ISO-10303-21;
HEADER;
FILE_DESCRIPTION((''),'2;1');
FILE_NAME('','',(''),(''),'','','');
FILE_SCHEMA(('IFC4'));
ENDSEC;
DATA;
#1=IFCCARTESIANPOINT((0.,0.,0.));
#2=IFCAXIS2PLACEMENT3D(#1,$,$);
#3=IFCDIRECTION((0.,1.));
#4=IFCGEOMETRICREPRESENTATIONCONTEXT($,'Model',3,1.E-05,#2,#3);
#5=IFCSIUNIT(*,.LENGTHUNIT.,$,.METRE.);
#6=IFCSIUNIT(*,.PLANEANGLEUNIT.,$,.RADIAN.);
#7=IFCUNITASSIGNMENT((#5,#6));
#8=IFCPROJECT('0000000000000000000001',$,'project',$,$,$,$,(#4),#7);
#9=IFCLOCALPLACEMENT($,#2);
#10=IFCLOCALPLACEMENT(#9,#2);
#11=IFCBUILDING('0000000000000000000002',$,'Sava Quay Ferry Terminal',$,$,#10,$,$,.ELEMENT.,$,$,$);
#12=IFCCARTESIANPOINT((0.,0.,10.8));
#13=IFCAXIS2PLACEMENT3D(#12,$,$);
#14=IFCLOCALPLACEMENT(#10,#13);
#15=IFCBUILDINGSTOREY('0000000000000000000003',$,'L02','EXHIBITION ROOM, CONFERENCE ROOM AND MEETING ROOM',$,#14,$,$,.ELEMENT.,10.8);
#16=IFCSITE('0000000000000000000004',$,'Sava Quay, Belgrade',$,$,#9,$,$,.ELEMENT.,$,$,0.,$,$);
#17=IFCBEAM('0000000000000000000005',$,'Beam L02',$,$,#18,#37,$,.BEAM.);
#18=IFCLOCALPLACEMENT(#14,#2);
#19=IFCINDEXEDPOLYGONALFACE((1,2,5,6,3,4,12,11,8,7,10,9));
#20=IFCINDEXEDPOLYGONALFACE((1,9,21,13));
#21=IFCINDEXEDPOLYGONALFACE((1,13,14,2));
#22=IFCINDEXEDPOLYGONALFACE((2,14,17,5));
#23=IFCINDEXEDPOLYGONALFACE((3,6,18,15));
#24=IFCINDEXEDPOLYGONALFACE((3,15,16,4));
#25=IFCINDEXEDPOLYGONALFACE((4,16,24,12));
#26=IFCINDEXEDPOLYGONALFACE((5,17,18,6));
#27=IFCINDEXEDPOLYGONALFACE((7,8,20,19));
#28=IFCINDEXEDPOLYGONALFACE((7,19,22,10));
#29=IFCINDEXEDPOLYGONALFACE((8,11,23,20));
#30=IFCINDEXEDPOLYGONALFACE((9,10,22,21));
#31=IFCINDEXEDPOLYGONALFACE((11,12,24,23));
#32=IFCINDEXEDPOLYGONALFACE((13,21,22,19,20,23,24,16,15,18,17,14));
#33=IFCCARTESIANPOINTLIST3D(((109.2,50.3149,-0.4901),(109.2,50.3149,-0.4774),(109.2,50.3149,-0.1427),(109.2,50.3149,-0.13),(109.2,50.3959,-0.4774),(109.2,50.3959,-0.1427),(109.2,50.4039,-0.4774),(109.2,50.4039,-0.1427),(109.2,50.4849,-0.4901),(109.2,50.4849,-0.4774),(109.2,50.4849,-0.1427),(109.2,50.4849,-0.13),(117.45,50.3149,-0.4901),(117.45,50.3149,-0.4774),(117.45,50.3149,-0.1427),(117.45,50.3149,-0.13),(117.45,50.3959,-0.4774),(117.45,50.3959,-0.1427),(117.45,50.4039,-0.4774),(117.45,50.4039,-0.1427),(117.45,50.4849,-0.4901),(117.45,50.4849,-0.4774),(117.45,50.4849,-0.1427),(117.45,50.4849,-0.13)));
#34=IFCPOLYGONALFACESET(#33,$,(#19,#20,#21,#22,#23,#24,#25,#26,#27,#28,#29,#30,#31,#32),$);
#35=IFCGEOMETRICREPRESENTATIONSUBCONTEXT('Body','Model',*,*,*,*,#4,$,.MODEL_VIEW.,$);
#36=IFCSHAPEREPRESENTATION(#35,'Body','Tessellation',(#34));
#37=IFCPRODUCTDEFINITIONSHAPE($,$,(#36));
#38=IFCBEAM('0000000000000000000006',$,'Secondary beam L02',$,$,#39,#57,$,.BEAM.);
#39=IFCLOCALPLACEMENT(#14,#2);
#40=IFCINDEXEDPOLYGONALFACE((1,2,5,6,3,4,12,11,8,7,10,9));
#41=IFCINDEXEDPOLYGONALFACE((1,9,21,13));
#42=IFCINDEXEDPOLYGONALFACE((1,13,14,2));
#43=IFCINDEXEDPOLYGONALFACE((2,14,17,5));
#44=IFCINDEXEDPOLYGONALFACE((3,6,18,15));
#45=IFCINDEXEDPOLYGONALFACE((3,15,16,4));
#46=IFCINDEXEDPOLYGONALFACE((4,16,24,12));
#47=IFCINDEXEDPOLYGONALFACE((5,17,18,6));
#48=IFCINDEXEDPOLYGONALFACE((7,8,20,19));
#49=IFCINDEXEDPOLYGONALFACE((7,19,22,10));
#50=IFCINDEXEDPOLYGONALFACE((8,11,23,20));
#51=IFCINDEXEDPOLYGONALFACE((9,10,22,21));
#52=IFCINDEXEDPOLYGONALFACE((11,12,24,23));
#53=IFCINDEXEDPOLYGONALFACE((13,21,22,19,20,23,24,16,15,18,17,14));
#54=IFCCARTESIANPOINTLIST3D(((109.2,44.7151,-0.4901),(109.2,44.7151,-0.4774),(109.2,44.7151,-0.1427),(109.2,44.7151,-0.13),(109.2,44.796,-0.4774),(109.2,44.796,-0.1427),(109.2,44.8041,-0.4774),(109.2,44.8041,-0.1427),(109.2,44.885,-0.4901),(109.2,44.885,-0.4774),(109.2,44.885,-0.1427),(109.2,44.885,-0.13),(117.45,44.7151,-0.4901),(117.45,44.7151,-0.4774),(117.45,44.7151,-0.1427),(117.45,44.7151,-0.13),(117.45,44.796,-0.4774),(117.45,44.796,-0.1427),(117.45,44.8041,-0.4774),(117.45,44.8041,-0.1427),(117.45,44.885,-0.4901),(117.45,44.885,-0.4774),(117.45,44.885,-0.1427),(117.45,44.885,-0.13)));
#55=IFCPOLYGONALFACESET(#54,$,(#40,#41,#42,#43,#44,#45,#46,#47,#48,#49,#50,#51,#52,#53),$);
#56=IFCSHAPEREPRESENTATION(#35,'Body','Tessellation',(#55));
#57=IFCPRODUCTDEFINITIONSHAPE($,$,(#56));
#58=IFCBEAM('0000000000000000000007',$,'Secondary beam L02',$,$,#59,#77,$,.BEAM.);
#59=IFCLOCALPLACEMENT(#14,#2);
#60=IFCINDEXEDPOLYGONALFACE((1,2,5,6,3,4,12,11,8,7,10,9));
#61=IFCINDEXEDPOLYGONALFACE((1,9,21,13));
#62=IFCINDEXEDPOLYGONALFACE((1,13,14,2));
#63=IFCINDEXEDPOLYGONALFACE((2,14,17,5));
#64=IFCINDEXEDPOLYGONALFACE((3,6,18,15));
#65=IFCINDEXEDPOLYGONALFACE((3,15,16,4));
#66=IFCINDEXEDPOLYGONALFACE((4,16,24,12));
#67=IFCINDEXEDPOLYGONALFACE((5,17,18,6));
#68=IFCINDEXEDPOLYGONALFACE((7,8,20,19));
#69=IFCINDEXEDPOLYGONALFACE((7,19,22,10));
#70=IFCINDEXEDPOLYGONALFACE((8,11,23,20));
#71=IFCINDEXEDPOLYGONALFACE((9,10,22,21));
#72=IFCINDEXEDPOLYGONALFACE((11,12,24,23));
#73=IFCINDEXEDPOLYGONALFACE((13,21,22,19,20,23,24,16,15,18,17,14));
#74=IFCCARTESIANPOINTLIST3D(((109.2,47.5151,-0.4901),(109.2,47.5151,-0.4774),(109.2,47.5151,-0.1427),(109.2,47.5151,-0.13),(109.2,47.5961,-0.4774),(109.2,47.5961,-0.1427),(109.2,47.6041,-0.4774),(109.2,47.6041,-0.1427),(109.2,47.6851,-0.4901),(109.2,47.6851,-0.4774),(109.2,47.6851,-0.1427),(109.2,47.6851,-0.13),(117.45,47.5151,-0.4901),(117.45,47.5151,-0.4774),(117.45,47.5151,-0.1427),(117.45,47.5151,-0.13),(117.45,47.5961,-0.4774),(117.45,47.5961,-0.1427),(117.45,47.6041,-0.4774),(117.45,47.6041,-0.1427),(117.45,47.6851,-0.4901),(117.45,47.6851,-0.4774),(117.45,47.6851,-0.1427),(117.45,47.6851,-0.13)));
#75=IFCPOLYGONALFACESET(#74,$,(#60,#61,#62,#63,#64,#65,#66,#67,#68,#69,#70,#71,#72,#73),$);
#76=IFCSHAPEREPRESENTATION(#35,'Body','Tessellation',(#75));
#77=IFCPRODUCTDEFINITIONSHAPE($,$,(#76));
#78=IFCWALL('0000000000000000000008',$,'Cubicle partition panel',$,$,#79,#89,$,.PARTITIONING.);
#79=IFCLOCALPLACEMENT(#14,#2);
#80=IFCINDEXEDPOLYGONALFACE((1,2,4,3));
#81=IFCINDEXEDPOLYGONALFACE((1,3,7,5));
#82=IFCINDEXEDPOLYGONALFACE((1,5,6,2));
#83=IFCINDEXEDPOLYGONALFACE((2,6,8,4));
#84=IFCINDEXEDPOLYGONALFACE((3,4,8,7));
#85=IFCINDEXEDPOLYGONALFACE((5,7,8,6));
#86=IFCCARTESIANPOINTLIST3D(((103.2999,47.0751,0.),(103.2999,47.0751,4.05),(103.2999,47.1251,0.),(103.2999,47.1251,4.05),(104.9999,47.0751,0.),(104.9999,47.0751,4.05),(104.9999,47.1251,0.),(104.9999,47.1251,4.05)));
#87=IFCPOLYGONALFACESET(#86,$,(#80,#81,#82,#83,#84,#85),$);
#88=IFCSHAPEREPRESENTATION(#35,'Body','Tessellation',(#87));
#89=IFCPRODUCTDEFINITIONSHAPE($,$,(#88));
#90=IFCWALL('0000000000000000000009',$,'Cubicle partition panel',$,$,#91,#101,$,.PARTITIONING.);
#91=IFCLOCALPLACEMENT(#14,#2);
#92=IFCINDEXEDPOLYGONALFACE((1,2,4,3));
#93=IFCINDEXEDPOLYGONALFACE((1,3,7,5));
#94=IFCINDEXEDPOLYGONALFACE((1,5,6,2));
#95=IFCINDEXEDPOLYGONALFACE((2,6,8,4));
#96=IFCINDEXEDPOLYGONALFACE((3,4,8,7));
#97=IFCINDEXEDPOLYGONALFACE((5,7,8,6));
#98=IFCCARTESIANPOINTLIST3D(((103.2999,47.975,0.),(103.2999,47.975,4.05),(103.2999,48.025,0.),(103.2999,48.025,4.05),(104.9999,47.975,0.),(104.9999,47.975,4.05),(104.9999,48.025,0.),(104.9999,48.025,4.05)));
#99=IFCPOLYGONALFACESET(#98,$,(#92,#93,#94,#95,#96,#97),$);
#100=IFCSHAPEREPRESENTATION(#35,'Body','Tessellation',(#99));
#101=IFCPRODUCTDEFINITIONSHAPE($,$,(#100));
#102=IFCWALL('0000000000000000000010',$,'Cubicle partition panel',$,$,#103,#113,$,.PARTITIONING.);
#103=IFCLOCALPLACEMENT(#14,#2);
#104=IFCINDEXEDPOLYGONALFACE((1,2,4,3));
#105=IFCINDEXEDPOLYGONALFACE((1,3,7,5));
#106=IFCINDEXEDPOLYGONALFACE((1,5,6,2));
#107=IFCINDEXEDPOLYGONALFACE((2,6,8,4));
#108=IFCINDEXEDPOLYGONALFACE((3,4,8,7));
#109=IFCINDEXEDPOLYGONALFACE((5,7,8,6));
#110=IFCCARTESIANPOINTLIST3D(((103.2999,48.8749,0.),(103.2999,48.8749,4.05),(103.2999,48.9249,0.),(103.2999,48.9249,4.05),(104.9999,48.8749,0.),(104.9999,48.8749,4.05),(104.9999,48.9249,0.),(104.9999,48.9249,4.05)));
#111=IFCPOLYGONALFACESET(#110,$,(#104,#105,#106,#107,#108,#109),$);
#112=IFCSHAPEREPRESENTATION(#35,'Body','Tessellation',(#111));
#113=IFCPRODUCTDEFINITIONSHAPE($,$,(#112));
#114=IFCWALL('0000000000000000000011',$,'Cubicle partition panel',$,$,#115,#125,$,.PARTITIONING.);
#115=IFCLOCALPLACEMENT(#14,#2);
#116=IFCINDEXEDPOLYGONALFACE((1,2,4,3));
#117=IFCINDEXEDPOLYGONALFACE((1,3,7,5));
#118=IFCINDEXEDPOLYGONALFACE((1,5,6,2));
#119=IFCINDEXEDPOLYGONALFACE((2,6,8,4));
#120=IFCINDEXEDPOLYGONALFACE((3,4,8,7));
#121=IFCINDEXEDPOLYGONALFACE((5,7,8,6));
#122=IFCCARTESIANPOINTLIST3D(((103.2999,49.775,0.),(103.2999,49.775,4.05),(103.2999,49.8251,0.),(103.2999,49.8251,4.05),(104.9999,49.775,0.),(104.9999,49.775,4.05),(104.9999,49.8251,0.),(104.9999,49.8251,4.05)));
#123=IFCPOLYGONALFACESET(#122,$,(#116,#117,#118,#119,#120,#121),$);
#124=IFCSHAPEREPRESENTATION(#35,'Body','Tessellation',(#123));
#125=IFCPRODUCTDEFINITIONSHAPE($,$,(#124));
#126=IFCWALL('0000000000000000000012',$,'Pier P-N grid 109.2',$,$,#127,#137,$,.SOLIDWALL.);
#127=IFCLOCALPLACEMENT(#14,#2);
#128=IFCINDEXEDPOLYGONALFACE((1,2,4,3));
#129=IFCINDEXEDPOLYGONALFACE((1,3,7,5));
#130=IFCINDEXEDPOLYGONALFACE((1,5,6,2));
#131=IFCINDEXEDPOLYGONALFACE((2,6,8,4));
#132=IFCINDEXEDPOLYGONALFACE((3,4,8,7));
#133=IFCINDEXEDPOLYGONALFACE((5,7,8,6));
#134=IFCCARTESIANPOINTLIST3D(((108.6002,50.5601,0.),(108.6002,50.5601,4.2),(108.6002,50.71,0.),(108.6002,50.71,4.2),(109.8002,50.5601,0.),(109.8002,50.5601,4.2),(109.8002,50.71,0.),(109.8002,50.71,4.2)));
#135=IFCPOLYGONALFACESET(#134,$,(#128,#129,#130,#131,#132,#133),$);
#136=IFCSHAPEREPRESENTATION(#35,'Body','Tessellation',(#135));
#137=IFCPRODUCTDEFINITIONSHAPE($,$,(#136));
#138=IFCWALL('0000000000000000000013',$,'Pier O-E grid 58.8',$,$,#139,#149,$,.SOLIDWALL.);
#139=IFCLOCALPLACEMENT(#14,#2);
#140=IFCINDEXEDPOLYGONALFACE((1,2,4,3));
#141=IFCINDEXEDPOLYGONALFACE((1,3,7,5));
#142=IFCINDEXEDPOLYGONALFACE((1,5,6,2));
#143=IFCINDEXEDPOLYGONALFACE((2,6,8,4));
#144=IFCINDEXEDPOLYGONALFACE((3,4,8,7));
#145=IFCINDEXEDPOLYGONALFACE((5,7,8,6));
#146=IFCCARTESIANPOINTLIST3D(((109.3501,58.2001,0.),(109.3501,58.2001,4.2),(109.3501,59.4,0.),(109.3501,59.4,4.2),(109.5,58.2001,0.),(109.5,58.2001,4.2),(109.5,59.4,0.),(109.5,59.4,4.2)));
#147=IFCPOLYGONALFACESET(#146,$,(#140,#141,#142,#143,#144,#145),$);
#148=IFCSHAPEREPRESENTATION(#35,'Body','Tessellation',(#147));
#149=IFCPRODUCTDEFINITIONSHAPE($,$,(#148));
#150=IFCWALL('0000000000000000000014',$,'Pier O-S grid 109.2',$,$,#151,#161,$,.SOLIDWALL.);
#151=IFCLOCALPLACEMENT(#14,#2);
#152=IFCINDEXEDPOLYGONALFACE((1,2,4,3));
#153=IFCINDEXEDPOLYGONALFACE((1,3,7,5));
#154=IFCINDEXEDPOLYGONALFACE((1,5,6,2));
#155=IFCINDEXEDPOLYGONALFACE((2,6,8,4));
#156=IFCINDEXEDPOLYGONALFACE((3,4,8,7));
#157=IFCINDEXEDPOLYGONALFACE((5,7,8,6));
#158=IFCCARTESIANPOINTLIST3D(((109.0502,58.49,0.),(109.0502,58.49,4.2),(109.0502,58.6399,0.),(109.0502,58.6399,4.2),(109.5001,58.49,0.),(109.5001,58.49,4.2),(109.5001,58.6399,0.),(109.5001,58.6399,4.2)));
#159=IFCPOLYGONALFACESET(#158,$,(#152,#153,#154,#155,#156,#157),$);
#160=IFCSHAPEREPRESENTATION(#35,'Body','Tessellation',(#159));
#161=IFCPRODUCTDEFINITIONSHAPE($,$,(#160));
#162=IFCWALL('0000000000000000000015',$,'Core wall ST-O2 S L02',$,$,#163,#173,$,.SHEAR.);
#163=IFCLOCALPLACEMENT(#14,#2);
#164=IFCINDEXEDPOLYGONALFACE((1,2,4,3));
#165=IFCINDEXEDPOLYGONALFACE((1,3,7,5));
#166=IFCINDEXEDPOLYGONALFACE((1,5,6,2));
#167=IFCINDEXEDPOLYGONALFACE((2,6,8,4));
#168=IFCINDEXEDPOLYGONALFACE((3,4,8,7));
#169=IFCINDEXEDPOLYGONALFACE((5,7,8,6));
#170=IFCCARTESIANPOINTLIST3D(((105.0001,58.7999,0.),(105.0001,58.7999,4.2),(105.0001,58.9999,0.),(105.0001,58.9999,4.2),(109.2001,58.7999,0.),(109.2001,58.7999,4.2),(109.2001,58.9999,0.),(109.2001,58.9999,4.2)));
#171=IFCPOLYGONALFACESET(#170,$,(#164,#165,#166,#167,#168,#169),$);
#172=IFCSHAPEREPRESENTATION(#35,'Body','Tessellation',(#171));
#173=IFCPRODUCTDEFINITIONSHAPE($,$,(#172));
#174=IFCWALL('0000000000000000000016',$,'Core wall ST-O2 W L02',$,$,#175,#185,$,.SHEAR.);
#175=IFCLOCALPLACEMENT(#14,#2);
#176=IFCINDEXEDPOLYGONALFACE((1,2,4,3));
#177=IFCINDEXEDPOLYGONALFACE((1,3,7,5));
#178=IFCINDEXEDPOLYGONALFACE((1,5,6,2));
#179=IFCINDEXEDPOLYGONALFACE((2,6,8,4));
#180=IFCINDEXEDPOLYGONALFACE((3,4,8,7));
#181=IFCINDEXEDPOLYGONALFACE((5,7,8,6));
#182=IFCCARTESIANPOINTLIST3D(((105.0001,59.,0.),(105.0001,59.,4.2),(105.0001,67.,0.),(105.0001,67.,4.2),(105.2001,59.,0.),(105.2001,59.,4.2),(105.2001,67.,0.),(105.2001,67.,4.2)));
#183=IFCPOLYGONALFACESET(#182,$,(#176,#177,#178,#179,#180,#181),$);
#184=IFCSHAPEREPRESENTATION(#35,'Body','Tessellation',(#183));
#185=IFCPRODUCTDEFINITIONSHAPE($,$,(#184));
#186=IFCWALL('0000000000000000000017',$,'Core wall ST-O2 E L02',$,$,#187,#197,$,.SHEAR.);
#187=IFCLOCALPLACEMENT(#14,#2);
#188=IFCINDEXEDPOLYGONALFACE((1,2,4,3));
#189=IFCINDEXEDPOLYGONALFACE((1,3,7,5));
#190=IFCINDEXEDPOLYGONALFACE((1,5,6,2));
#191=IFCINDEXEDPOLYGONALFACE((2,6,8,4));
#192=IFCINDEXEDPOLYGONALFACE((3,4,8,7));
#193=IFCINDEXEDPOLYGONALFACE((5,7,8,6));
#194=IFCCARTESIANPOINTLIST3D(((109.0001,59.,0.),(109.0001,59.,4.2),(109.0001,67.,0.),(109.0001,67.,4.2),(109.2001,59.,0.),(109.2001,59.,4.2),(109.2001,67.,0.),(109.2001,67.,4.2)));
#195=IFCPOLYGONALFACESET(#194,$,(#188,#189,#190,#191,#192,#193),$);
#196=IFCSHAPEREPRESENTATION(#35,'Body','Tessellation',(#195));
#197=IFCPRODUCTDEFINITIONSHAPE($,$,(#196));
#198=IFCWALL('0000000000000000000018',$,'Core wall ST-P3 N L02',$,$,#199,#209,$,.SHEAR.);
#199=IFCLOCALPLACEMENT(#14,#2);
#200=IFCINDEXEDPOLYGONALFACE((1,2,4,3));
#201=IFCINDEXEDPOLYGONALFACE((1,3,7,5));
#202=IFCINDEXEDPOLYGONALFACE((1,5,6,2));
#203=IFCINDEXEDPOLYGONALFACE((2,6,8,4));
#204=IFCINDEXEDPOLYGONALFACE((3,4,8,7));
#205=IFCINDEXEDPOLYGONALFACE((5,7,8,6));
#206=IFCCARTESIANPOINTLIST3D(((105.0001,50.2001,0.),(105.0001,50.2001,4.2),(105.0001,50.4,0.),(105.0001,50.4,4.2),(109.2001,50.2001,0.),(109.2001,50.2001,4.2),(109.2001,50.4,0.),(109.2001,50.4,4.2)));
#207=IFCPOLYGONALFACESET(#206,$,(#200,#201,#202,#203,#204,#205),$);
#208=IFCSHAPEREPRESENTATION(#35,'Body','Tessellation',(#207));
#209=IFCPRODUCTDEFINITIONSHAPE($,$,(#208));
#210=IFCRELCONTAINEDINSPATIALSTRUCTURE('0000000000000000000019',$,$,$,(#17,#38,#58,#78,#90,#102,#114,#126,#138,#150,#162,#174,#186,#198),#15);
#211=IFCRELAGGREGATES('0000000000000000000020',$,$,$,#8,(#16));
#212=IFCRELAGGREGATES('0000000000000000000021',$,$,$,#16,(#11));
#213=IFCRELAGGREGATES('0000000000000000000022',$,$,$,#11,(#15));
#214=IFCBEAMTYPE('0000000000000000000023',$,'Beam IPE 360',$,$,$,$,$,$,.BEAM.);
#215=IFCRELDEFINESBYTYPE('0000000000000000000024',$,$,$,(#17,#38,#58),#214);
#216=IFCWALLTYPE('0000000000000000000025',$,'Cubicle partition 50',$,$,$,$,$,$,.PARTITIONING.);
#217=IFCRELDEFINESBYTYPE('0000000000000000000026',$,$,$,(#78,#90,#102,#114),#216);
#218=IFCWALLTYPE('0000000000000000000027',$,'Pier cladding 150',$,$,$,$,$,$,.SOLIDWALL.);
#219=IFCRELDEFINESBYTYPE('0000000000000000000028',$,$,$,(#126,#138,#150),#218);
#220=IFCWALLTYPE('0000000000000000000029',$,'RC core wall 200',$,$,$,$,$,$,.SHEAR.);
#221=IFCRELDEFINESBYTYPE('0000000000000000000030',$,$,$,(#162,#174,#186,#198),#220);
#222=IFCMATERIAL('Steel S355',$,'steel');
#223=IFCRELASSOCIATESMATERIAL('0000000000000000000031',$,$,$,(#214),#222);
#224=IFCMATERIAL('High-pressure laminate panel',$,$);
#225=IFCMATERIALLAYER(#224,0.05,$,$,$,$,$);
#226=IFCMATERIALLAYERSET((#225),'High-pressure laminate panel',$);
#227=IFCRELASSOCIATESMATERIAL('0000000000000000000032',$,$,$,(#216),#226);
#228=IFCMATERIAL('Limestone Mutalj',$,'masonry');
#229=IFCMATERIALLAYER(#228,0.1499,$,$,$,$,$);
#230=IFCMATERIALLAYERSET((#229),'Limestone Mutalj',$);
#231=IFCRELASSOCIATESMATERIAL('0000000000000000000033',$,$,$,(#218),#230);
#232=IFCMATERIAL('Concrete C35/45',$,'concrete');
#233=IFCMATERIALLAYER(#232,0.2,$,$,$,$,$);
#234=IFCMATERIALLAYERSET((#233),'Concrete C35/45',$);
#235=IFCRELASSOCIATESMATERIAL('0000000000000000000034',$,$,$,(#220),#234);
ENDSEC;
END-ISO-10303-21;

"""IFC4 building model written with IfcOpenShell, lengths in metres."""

from ifc_helpers import new_model, si_unit, direction, frame, frame_2d, origin, origin_2d, place, context, subcontext, project, spatial, rectangle, i_section, extrude, material, layer, layer_set, material_profile, profile_set, type_object, element, save


model = new_model("IFC4")

# Units and contexts
model_context = context("Model", 3, precision=1e-05, world=origin(), true_north=direction((0.0, 1.0)))
body_context = subcontext(model_context, "Body", "Model", "MODEL_VIEW")
ifc_project = project(units=[si_unit("LENGTHUNIT", "METRE"), si_unit("PLANEANGLEUNIT", "RADIAN")], contexts=[model_context])

# Site, building, storey
site_placement = place(None, origin())
site = spatial("IfcSite", under=ifc_project, at=site_placement, Name="Sava Quay, Belgrade", CompositionType="ELEMENT", RefElevation=0.0)
building_placement = place(site_placement, origin())
building = spatial("IfcBuilding", under=site, at=building_placement, Name="Sava Quay Ferry Terminal", CompositionType="ELEMENT")
storey_placement = place(building_placement, frame((0.0, 0.0, 10.8)))
storey = spatial("IfcBuildingStorey", under=building, at=storey_placement, Name="L02", Description="EXHIBITION ROOM, CONFERENCE ROOM AND MEETING ROOM", CompositionType="ELEMENT", Elevation=10.8)

# Beams
ifc_material_1 = material(Name="Steel S355", Category="steel")
ifc_material_profile = material_profile(ifc_material_1, i_section(OverallWidth=0.1699, OverallDepth=0.3601, WebThickness=0.0081, FlangeThickness=0.0127, at=origin_2d()), Name="IPE 360")
ifc_profile_set = profile_set([ifc_material_profile], Name="Steel S355")
beam_type = type_object("IfcBeamType", Name="Beam IPE 360", PredefinedType="BEAM", material=ifc_profile_set)
for number, where, z_axis, x_axis, name in (
    (1, (109.2, 50.3999, -0.3101), (1.0, 0.0, 0.0), (0.0, 1.0, 0.0), "Beam L02"),
    (2, (109.2, 44.8, -0.3101), (1.0, 0.0, 0.0), (0.0, 1.0, 0.0), "Secondary beam L02"),
    (3, (109.2, 47.6001, -0.3101), (1.0, 0.0, 0.0), (0.0, 1.0, 0.0), "Secondary beam L02"),
):
    element("IfcBeam", number, at=place(storey_placement, frame(where, z_axis=z_axis, x_axis=x_axis)), inside=storey, type_object=beam_type, Name=name, PredefinedType="BEAM", context=body_context, shape_type="SweptSolid", body=[
        extrude(i_section(OverallWidth=0.1699, OverallDepth=0.3601, WebThickness=0.0081, FlangeThickness=0.0127, at=origin_2d()), origin(), (0.0, 0.0, 1.0), 8.25),
    ])

# Walls
ifc_material_2 = material(Name="High-pressure laminate panel")
ifc_layer_1 = layer(ifc_material_2, 0.05)
ifc_layer_set_1 = layer_set([ifc_layer_1], Name="High-pressure laminate panel")
wall_type_1 = type_object("IfcWallType", Name="Cubicle partition 50", PredefinedType="PARTITIONING", material=ifc_layer_set_1)
for number, where, z_axis, x_axis, name in (
    (4, (105.0, 47.1001, 0.0), (0.0, 0.0, 1.0), (-1.0, 0.0, 0.0), "Cubicle partition panel"),
    (5, (105.0, 48.0, 0.0), (0.0, 0.0, 1.0), (-1.0, 0.0, 0.0), "Cubicle partition panel"),
    (6, (105.0, 48.8999, 0.0), (0.0, 0.0, 1.0), (-1.0, 0.0, 0.0), "Cubicle partition panel"),
    (7, (105.0, 49.8, 0.0), (0.0, 0.0, 1.0), (-1.0, 0.0, 0.0), "Cubicle partition panel"),
):
    element("IfcWall", number, at=place(storey_placement, frame(where, z_axis=z_axis, x_axis=x_axis)), inside=storey, type_object=wall_type_1, Name=name, PredefinedType="PARTITIONING", context=body_context, shape_type="SweptSolid", body=[
        extrude(rectangle(XDim=1.7, YDim=0.05, at=frame_2d((0.8501, 0.0))), origin(), (0.0, 0.0, 1.0), 4.05),
    ])
ifc_material_3 = material(Name="Limestone Mutalj", Category="masonry")
ifc_layer_2 = layer(ifc_material_3, 0.1499)
ifc_layer_set_2 = layer_set([ifc_layer_2], Name="Limestone Mutalj")
wall_type_2 = type_object("IfcWallType", Name="Pier cladding 150", PredefinedType="SOLIDWALL", material=ifc_layer_set_2)
for number, where, z_axis, x_axis, name in (
    (8, (108.6001, 50.635, 0.0), (0.0, 0.0, 1.0), (1.0, 0.0, 0.0), "Pier P-N grid 109.2"),
    (9, (109.425, 58.2, 0.0), (0.0, 0.0, 1.0), (0.0, 1.0, 0.0), "Pier O-E grid 58.8"),
):
    element("IfcWall", number, at=place(storey_placement, frame(where, z_axis=z_axis, x_axis=x_axis)), inside=storey, type_object=wall_type_2, Name=name, PredefinedType="SOLIDWALL", context=body_context, shape_type="SweptSolid", body=[
        extrude(rectangle(XDim=1.2, YDim=0.1499, at=frame_2d((0.6001, 0.0))), origin(), (0.0, 0.0, 1.0), 4.2),
    ])
wall_1_placement = place(storey_placement, frame((109.05, 58.5649, 0.0), z_axis=(0.0, 0.0, 1.0), x_axis=(1.0, 0.0, 0.0)))
element("IfcWall", 10, at=wall_1_placement, inside=storey, type_object=wall_type_2, Name="Pier O-S grid 109.2", PredefinedType="SOLIDWALL", context=body_context, shape_type="SweptSolid", body=[
    extrude(rectangle(XDim=0.45, YDim=0.1499, at=frame_2d((0.2251, 0.0))), origin(), (0.0, 0.0, 1.0), 4.2),
])
ifc_material_4 = material(Name="Concrete C35/45", Category="concrete")
ifc_layer_3 = layer(ifc_material_4, 0.2)
ifc_layer_set_3 = layer_set([ifc_layer_3], Name="Concrete C35/45")
wall_type_3 = type_object("IfcWallType", Name="RC core wall 200", PredefinedType="SHEAR", material=ifc_layer_set_3)
wall_2_placement = place(storey_placement, frame((105.0, 58.8999, 0.0), z_axis=(0.0, 0.0, 1.0), x_axis=(1.0, 0.0, 0.0)))
element("IfcWall", 11, at=wall_2_placement, inside=storey, type_object=wall_type_3, Name="Core wall ST-O2 S L02", PredefinedType="SHEAR", context=body_context, shape_type="SweptSolid", body=[
    extrude(rectangle(XDim=4.2, YDim=0.2, at=frame_2d((2.1001, 0.0))), origin(), (0.0, 0.0, 1.0), 4.2),
])
for number, where, z_axis, x_axis, name in (
    (12, (105.1001, 59.0, 0.0), (0.0, 0.0, 1.0), (0.0, 1.0, 0.0), "Core wall ST-O2 W L02"),
    (13, (109.1001, 59.0, 0.0), (0.0, 0.0, 1.0), (0.0, 1.0, 0.0), "Core wall ST-O2 E L02"),
):
    element("IfcWall", number, at=place(storey_placement, frame(where, z_axis=z_axis, x_axis=x_axis)), inside=storey, type_object=wall_type_3, Name=name, PredefinedType="SHEAR", context=body_context, shape_type="SweptSolid", body=[
        extrude(rectangle(XDim=8.0, YDim=0.2, at=frame_2d((4.0, 0.0))), origin(), (0.0, 0.0, 1.0), 4.2),
    ])
wall_3_placement = place(storey_placement, frame((105.0, 50.3, 0.0), z_axis=(0.0, 0.0, 1.0), x_axis=(1.0, 0.0, 0.0)))
element("IfcWall", 14, at=wall_3_placement, inside=storey, type_object=wall_type_3, Name="Core wall ST-P3 N L02", PredefinedType="SHEAR", context=body_context, shape_type="SweptSolid", body=[
    extrude(rectangle(XDim=4.2, YDim=0.2, at=frame_2d((2.1001, 0.0))), origin(), (0.0, 0.0, 1.0), 4.2),
])

save(model, "model.ifc")
